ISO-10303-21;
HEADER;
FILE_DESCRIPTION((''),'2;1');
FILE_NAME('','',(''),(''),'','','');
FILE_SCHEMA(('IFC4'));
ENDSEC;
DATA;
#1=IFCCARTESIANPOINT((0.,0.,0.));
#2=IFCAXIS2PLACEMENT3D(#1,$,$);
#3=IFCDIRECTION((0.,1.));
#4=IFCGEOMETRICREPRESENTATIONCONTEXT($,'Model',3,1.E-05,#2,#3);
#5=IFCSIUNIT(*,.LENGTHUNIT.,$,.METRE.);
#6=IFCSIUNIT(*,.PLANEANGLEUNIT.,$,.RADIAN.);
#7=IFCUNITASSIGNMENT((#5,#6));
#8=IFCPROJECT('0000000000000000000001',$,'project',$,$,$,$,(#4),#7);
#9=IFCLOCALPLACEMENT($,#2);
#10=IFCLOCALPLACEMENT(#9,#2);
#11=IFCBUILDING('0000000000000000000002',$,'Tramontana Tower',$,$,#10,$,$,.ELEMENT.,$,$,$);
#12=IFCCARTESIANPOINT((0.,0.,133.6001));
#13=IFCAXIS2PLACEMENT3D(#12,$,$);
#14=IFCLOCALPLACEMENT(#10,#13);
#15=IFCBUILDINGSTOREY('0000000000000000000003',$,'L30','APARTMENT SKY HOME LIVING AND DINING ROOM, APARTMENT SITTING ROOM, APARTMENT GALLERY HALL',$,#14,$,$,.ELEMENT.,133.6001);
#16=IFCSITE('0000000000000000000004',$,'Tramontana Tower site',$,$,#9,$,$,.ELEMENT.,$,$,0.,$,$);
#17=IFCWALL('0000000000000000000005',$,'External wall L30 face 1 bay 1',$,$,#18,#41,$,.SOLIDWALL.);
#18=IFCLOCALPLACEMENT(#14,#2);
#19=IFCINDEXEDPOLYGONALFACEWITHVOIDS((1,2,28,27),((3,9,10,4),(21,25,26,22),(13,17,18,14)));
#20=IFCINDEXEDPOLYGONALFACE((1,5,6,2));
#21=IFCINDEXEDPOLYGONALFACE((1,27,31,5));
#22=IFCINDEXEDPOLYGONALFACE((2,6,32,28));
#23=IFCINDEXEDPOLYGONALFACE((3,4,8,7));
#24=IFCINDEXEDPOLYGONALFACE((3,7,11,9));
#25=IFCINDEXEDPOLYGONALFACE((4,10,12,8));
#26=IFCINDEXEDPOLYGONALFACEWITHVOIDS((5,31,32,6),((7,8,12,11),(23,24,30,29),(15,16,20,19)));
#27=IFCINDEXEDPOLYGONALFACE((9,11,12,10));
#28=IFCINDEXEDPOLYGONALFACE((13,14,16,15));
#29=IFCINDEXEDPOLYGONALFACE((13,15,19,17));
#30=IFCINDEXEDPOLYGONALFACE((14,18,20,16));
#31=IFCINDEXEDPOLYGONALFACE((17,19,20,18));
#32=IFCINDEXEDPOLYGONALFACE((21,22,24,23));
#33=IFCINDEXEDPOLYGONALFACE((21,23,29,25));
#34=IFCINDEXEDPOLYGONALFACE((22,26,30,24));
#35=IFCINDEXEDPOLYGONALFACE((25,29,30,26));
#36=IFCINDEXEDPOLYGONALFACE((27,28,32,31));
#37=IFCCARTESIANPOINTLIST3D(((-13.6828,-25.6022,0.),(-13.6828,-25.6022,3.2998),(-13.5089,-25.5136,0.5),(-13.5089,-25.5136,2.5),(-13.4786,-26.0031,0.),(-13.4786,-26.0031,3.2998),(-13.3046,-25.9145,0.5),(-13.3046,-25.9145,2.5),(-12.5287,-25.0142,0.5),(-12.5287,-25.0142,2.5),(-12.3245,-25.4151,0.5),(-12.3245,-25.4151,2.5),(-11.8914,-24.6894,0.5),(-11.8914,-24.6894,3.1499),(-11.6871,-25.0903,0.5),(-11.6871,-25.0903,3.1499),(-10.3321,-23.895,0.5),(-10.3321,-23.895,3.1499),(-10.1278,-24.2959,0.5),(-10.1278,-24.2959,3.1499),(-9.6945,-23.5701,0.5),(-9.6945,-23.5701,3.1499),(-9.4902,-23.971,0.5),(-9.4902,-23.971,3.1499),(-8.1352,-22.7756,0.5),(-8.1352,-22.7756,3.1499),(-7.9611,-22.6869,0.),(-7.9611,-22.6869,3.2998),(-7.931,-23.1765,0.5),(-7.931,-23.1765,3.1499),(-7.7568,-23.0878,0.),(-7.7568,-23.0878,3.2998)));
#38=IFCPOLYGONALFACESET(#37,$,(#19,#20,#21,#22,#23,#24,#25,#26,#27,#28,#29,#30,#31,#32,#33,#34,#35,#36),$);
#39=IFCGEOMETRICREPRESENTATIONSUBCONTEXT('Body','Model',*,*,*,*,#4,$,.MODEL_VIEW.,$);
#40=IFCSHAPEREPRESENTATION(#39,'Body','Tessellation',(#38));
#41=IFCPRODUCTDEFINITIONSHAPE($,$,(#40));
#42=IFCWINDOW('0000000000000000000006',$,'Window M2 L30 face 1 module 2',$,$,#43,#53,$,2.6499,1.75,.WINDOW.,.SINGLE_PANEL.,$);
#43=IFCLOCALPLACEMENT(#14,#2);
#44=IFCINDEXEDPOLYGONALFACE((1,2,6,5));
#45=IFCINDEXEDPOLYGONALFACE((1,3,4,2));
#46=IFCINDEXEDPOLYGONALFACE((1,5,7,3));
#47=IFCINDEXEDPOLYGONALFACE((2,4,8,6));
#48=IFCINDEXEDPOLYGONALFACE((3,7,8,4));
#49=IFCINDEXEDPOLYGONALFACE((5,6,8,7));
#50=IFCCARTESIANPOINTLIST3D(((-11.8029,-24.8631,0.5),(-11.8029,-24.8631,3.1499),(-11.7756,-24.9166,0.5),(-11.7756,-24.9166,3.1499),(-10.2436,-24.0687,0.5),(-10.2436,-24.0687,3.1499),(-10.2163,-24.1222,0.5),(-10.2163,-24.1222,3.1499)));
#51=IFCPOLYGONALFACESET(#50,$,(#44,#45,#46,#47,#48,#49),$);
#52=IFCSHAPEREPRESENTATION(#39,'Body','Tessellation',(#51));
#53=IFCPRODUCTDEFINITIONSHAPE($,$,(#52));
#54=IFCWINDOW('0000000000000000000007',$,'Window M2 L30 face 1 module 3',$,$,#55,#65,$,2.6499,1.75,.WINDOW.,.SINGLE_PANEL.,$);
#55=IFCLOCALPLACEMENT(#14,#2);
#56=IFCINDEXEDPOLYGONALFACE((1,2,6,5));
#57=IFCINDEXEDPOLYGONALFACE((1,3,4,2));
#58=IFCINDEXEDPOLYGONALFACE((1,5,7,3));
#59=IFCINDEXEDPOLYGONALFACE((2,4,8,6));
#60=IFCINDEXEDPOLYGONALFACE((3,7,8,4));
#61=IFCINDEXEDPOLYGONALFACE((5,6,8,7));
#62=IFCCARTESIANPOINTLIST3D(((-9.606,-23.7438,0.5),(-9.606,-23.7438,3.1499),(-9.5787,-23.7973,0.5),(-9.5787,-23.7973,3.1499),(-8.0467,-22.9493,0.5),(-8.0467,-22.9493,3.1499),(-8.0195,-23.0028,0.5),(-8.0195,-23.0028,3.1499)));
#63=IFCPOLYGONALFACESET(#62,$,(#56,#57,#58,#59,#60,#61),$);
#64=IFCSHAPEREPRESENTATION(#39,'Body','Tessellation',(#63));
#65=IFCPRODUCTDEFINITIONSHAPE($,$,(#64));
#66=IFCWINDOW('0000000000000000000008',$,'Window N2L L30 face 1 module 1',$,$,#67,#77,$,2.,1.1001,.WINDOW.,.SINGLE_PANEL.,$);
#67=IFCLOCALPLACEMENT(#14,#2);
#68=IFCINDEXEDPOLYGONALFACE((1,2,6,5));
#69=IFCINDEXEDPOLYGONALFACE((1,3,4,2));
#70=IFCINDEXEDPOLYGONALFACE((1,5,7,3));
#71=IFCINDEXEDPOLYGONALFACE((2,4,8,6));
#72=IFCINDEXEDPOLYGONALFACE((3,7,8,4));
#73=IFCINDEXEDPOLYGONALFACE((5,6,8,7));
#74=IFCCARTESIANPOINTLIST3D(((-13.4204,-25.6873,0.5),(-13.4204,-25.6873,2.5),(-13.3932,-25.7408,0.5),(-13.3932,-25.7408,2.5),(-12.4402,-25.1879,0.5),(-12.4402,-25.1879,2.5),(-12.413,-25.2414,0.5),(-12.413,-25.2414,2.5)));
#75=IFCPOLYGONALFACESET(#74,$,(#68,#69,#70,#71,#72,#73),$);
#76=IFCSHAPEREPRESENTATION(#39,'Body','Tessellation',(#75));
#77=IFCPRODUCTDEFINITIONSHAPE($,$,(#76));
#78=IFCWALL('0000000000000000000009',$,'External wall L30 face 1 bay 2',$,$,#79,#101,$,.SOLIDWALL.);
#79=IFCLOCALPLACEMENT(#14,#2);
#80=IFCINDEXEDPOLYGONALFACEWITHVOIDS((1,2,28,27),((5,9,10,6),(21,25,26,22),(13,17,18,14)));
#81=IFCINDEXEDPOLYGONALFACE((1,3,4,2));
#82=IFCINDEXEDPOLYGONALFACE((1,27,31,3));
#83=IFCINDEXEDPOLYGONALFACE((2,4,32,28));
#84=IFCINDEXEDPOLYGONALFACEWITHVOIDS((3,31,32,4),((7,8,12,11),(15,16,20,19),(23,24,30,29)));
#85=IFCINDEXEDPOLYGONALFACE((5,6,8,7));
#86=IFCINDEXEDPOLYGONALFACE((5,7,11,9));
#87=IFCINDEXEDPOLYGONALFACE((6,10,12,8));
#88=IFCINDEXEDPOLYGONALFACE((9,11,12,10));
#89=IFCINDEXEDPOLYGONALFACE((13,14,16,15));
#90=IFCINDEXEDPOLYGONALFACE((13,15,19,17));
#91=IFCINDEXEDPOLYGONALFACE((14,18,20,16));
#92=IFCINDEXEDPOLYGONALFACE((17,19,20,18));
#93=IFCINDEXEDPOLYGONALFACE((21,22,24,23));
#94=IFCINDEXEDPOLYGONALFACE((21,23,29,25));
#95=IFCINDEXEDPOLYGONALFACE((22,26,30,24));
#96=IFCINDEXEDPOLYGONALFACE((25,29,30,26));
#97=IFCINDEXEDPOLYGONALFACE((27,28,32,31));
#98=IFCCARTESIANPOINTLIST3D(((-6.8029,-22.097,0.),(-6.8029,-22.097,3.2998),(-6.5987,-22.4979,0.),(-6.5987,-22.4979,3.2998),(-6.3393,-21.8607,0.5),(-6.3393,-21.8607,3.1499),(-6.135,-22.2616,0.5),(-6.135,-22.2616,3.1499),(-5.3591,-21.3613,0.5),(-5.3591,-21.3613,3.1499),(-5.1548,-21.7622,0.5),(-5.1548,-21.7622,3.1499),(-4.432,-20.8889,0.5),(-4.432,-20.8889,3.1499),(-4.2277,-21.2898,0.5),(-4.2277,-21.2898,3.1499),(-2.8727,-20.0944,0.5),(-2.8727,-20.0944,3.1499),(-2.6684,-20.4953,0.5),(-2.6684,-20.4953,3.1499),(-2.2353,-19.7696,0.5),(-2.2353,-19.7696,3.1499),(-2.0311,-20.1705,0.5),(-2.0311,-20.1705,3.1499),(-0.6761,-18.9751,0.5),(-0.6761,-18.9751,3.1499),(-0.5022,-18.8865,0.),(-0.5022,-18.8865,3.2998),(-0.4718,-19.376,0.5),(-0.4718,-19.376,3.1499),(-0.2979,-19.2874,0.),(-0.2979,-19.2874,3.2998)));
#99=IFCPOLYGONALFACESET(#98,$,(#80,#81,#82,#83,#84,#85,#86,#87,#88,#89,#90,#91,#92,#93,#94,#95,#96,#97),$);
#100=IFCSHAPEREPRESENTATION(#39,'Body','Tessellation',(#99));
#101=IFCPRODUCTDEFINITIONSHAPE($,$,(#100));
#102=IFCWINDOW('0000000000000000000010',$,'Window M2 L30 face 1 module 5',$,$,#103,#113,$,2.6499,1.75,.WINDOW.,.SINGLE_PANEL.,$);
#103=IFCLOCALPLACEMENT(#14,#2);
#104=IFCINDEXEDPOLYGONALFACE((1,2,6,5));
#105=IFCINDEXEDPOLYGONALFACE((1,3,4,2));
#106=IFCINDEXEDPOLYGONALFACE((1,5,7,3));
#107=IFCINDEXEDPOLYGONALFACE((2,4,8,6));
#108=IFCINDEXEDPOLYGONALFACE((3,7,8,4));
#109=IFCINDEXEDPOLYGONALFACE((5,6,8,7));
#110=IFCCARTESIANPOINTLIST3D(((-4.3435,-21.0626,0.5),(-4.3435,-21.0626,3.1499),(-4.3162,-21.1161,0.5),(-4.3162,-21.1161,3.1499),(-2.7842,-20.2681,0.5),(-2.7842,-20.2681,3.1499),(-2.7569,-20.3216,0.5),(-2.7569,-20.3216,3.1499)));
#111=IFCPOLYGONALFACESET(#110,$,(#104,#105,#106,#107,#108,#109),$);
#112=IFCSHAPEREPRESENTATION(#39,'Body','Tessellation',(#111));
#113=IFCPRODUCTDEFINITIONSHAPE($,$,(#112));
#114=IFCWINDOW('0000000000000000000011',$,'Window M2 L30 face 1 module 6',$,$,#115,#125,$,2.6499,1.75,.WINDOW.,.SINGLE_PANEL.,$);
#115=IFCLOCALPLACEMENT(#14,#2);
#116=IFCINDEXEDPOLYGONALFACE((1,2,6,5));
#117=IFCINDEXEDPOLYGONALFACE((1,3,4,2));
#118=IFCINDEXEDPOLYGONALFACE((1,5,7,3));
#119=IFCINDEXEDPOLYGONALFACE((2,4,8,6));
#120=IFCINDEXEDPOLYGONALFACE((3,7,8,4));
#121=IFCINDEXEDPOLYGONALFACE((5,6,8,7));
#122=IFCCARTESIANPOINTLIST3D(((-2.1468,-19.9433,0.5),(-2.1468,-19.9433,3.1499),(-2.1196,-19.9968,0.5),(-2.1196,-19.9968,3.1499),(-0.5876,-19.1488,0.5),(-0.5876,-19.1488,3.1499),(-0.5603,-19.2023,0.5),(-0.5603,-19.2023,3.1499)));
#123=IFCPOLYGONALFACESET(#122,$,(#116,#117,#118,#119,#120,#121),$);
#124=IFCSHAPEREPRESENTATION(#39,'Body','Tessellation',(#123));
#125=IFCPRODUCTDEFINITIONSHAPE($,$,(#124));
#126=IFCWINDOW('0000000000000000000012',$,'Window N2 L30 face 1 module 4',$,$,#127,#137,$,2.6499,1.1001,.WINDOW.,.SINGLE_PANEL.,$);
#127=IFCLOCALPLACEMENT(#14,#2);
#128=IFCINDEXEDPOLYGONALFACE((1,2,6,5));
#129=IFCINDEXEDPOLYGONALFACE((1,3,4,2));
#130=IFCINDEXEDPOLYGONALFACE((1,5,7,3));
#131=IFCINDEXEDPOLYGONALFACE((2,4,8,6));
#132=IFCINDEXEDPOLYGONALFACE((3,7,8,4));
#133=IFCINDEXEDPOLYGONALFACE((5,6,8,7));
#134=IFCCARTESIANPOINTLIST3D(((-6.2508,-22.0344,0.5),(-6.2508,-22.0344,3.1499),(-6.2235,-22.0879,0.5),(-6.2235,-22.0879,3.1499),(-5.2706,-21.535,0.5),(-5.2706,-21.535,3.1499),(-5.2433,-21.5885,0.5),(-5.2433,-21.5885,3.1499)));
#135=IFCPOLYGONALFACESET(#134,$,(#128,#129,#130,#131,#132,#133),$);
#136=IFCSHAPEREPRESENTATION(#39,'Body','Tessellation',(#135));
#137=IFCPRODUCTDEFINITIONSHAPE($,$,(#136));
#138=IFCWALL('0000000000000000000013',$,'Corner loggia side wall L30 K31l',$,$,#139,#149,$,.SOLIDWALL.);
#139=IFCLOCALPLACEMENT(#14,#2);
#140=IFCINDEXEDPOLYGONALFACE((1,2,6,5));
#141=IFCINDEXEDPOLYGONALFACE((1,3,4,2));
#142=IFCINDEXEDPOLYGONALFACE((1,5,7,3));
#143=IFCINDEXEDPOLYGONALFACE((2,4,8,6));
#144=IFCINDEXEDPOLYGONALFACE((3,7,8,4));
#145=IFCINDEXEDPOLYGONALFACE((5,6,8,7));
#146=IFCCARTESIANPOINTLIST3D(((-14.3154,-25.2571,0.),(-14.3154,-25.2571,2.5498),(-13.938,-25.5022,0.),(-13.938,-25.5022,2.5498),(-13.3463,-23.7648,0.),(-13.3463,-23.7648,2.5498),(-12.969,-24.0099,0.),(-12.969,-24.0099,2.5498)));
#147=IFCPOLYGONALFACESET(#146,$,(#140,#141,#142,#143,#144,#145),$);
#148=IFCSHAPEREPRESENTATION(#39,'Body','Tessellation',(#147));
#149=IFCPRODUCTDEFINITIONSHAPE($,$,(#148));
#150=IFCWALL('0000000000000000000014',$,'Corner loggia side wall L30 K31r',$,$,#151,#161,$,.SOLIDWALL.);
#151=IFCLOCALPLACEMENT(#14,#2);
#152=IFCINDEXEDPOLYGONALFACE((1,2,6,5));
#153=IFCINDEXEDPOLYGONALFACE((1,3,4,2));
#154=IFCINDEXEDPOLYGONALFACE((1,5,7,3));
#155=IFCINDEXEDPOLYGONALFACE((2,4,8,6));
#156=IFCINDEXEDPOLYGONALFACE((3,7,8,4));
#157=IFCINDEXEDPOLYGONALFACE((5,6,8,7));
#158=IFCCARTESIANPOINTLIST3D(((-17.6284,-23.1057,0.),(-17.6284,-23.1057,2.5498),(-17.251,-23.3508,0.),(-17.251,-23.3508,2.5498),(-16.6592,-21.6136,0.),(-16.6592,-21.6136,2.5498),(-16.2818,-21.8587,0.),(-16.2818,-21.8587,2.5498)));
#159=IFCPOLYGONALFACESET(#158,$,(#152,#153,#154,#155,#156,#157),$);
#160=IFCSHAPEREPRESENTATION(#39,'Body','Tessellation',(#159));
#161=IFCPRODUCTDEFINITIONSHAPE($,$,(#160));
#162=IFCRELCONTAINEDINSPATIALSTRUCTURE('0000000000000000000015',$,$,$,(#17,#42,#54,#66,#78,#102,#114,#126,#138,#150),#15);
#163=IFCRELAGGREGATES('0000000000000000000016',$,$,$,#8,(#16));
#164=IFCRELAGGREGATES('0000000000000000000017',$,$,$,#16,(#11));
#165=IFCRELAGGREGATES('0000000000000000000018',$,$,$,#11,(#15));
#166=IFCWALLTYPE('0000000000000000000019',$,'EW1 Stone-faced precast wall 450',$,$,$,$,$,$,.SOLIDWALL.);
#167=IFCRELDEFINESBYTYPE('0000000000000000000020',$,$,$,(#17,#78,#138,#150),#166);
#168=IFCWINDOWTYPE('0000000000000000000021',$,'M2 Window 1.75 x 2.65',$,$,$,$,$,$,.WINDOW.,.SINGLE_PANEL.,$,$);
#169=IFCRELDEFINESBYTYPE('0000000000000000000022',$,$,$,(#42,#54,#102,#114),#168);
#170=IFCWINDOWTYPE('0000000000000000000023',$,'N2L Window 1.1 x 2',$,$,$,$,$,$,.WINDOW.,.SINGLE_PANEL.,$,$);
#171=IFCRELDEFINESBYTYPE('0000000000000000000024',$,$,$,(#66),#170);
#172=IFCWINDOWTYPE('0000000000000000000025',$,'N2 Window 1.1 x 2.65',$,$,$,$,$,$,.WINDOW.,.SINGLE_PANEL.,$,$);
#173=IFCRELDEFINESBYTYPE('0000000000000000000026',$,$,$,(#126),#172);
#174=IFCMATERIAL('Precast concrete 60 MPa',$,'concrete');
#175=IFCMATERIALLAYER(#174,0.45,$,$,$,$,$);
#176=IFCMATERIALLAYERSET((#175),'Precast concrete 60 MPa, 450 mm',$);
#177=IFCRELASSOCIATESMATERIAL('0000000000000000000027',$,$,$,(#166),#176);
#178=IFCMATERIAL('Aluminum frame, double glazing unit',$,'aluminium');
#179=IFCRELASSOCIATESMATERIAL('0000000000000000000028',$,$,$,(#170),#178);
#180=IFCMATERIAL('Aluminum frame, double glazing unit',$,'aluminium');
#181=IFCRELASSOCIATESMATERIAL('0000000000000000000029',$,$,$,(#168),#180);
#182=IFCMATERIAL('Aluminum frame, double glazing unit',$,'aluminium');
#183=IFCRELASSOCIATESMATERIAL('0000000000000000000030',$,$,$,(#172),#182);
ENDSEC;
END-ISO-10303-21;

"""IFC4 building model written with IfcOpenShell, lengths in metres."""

from ifc_helpers import new_model, si_unit, direction, frame, frame_2d, origin, place, context, subcontext, project, spatial, rectangle, extrude, material, layer, layer_set, type_object, element, fill, save


model = new_model("IFC4")

# Units and contexts
model_context = context("Model", 3, precision=1e-05, world=origin(), true_north=direction((0.0, 1.0)))
body_context = subcontext(model_context, "Body", "Model", "MODEL_VIEW")
ifc_project = project(units=[si_unit("LENGTHUNIT", "METRE"), si_unit("PLANEANGLEUNIT", "RADIAN")], contexts=[model_context])

# Site, building, storey
site_placement = place(None, origin())
site = spatial("IfcSite", under=ifc_project, at=site_placement, Name="Tramontana Tower site", CompositionType="ELEMENT", RefElevation=0.0)
building_placement = place(site_placement, origin())
building = spatial("IfcBuilding", under=site, at=building_placement, Name="Tramontana Tower", CompositionType="ELEMENT")
storey_placement = place(building_placement, frame((0.0, 0.0, 133.6001)))
storey = spatial("IfcBuildingStorey", under=building, at=storey_placement, Name="L30", Description="APARTMENT SKY HOME LIVING AND DINING ROOM, APARTMENT SITTING ROOM, APARTMENT GALLERY HALL", CompositionType="ELEMENT", Elevation=133.6001)

# Shared definitions
ifc_material_1 = material(Name="Precast concrete 60 MPa", Category="concrete")
ifc_layer_1 = layer(ifc_material_1, 0.45)
ifc_layer_set_1 = layer_set([ifc_layer_1], Name="Precast concrete 60 MPa, 450 mm")
wall_type_1 = type_object("IfcWallType", Name="EW1 Stone-faced precast wall 450", PredefinedType="SOLIDWALL", material=ifc_layer_set_1)
ifc_material_2 = material(Name="Aluminum frame, double glazing unit", Category="aluminium")
window_type_1 = type_object("IfcWindowType", Name="N2L Window 1.1 x 2", PartitioningType="SINGLE_PANEL", PredefinedType="WINDOW", material=ifc_material_2)

# Walls, openings, windows
wall_1_placement = place(storey_placement, frame((-13.5808, -25.8027, 0.0), z_axis=(0.0, 0.0, 1.0), x_axis=(0.89101, 0.453983, 0.0)))
wall_1 = element("IfcWall", 1, at=wall_1_placement, inside=storey, type_object=wall_type_1, Name="External wall L30 face 1 bay 1", PredefinedType="SOLIDWALL", context=body_context, shape_type="SweptSolid", body=[
    extrude(rectangle(XDim=6.4216, YDim=0.45, at=frame_2d((3.2109, 0.0))), origin(), (0.0, 0.0, 1.0), 3.2998),
])
opening_1_placement = place(wall_1_placement, frame((0.1953, 0.0, 0.5)))
opening_1 = element("IfcOpeningElement", 2, at=opening_1_placement, cuts=wall_1, PredefinedType="OPENING", context=body_context, shape_type="SweptSolid", body=[
    extrude(rectangle(XDim=1.1001, YDim=2.0, at=frame_2d((0.55, 1.0))), frame((0.0, 0.2349, 0.0), z_axis=(0.0, -1.0, 0.0), x_axis=(1.0, 0.0, 0.0)), (0.0, 0.0, 1.0), 0.47),
])
opening_2_placement = place(wall_1_placement, frame((2.0107, 0.0, 0.5)))
opening_2 = element("IfcOpeningElement", 3, at=opening_2_placement, cuts=wall_1, PredefinedType="OPENING", context=body_context, shape_type="SweptSolid", body=[
    extrude(rectangle(XDim=1.75, YDim=2.6499, at=frame_2d((0.875, 1.325))), frame((0.0, 0.2349, 0.0), z_axis=(0.0, -1.0, 0.0), x_axis=(1.0, 0.0, 0.0)), (0.0, 0.0, 1.0), 0.47),
])
opening_3_placement = place(wall_1_placement, frame((4.4763, 0.0, 0.5)))
opening_3 = element("IfcOpeningElement", 4, at=opening_3_placement, cuts=wall_1, PredefinedType="OPENING", context=body_context, shape_type="SweptSolid", body=[
    extrude(rectangle(XDim=1.75, YDim=2.6499, at=frame_2d((0.875, 1.325))), frame((0.0, 0.2349, 0.0), z_axis=(0.0, -1.0, 0.0), x_axis=(1.0, 0.0, 0.0)), (0.0, 0.0, 1.0), 0.47),
])
ifc_material_3 = material(Name="Aluminum frame, double glazing unit", Category="aluminium")
window_type_2 = type_object("IfcWindowType", Name="M2 Window 1.75 x 2.65", PartitioningType="SINGLE_PANEL", PredefinedType="WINDOW", material=ifc_material_3)
window_1_placement = place(opening_2_placement, origin())
window_1 = element("IfcWindow", 5, at=window_1_placement, inside=storey, type_object=window_type_2, Name="Window M2 L30 face 1 module 2", OverallHeight=2.6499, OverallWidth=1.75, PartitioningType="SINGLE_PANEL", PredefinedType="WINDOW", context=body_context, shape_type="SweptSolid", body=[
    extrude(rectangle(XDim=1.75, YDim=2.6499, at=frame_2d((0.875, 1.325))), frame((0.0, 0.03, 0.0), z_axis=(0.0, -1.0, 0.0), x_axis=(1.0, 0.0, 0.0)), (0.0, 0.0, 1.0), 0.0601),
])
fill(opening_2, window_1)
window_2_placement = place(opening_3_placement, origin())
window_2 = element("IfcWindow", 6, at=window_2_placement, inside=storey, type_object=window_type_2, Name="Window M2 L30 face 1 module 3", OverallHeight=2.6499, OverallWidth=1.75, PartitioningType="SINGLE_PANEL", PredefinedType="WINDOW", context=body_context, shape_type="SweptSolid", body=[
    extrude(rectangle(XDim=1.75, YDim=2.6499, at=frame_2d((0.875, 1.325))), frame((0.0, 0.03, 0.0), z_axis=(0.0, -1.0, 0.0), x_axis=(1.0, 0.0, 0.0)), (0.0, 0.0, 1.0), 0.0601),
])
fill(opening_3, window_2)
window_3_placement = place(opening_1_placement, origin())
window_3 = element("IfcWindow", 7, at=window_3_placement, inside=storey, type_object=window_type_1, Name="Window N2L L30 face 1 module 1", OverallHeight=2.0, OverallWidth=1.1001, PartitioningType="SINGLE_PANEL", PredefinedType="WINDOW", context=body_context, shape_type="SweptSolid", body=[
    extrude(rectangle(XDim=1.1001, YDim=2.0, at=frame_2d((0.55, 1.0))), frame((0.0, 0.03, 0.0), z_axis=(0.0, -1.0, 0.0), x_axis=(1.0, 0.0, 0.0)), (0.0, 0.0, 1.0), 0.0601),
])
fill(opening_1, window_3)
wall_2_placement = place(storey_placement, frame((-6.7007, -22.2974, 0.0), z_axis=(0.0, 0.0, 1.0), x_axis=(0.891004, 0.453995, 0.0)))
wall_2 = element("IfcWall", 8, at=wall_2_placement, inside=storey, type_object=wall_type_1, Name="External wall L30 face 1 bay 2", PredefinedType="SOLIDWALL", context=body_context, shape_type="SweptSolid", body=[
    extrude(rectangle(XDim=7.0715, YDim=0.45, at=frame_2d((3.5356, 0.0))), origin(), (0.0, 0.0, 1.0), 3.2998),
])
opening_4_placement = place(wall_2_placement, frame((0.5203, 0.0, 0.5)))
opening_4 = element("IfcOpeningElement", 9, at=opening_4_placement, cuts=wall_2, PredefinedType="OPENING", context=body_context, shape_type="SweptSolid", body=[
    extrude(rectangle(XDim=1.1001, YDim=2.6499, at=frame_2d((0.55, 1.325))), frame((0.0, 0.2349, 0.0), z_axis=(0.0, -1.0, 0.0), x_axis=(1.0, 0.0, 0.0)), (0.0, 0.0, 1.0), 0.47),
])
opening_5_placement = place(wall_2_placement, frame((2.6609, 0.0, 0.5)))
opening_5 = element("IfcOpeningElement", 10, at=opening_5_placement, cuts=wall_2, PredefinedType="OPENING", context=body_context, shape_type="SweptSolid", body=[
    extrude(rectangle(XDim=1.75, YDim=2.6499, at=frame_2d((0.875, 1.325))), frame((0.0, 0.2349, 0.0), z_axis=(0.0, -1.0, 0.0), x_axis=(1.0, 0.0, 0.0)), (0.0, 0.0, 1.0), 0.47),
])
opening_6_placement = place(wall_2_placement, frame((5.1262, 0.0, 0.5)))
opening_6 = element("IfcOpeningElement", 11, at=opening_6_placement, cuts=wall_2, PredefinedType="OPENING", context=body_context, shape_type="SweptSolid", body=[
    extrude(rectangle(XDim=1.75, YDim=2.6499, at=frame_2d((0.875, 1.325))), frame((0.0, 0.2349, 0.0), z_axis=(0.0, -1.0, 0.0), x_axis=(1.0, 0.0, 0.0)), (0.0, 0.0, 1.0), 0.47),
])
window_4_placement = place(opening_5_placement, origin())
window_4 = element("IfcWindow", 12, at=window_4_placement, inside=storey, type_object=window_type_2, Name="Window M2 L30 face 1 module 5", OverallHeight=2.6499, OverallWidth=1.75, PartitioningType="SINGLE_PANEL", PredefinedType="WINDOW", context=body_context, shape_type="SweptSolid", body=[
    extrude(rectangle(XDim=1.75, YDim=2.6499, at=frame_2d((0.875, 1.325))), frame((0.0, 0.03, 0.0), z_axis=(0.0, -1.0, 0.0), x_axis=(1.0, 0.0, 0.0)), (0.0, 0.0, 1.0), 0.0601),
])
fill(opening_5, window_4)
window_5_placement = place(opening_6_placement, origin())
window_5 = element("IfcWindow", 13, at=window_5_placement, inside=storey, type_object=window_type_2, Name="Window M2 L30 face 1 module 6", OverallHeight=2.6499, OverallWidth=1.75, PartitioningType="SINGLE_PANEL", PredefinedType="WINDOW", context=body_context, shape_type="SweptSolid", body=[
    extrude(rectangle(XDim=1.75, YDim=2.6499, at=frame_2d((0.875, 1.325))), frame((0.0, 0.03, 0.0), z_axis=(0.0, -1.0, 0.0), x_axis=(1.0, 0.0, 0.0)), (0.0, 0.0, 1.0), 0.0601),
])
fill(opening_6, window_5)
ifc_material_4 = material(Name="Aluminum frame, double glazing unit", Category="aluminium")
window_type_3 = type_object("IfcWindowType", Name="N2 Window 1.1 x 2.65", PartitioningType="SINGLE_PANEL", PredefinedType="WINDOW", material=ifc_material_4)
window_6_placement = place(opening_4_placement, origin())
window_6 = element("IfcWindow", 14, at=window_6_placement, inside=storey, type_object=window_type_3, Name="Window N2 L30 face 1 module 4", OverallHeight=2.6499, OverallWidth=1.1001, PartitioningType="SINGLE_PANEL", PredefinedType="WINDOW", context=body_context, shape_type="SweptSolid", body=[
    extrude(rectangle(XDim=1.1001, YDim=2.6499, at=frame_2d((0.55, 1.325))), frame((0.0, 0.03, 0.0), z_axis=(0.0, -1.0, 0.0), x_axis=(1.0, 0.0, 0.0)), (0.0, 0.0, 1.0), 0.0601),
])
fill(opening_4, window_6)

# Walls
for number, where, z_axis, x_axis, name in (
    (15, (-14.1267, -25.3796, 0.0), (0.0, 0.0, 1.0), (0.544622, 0.838682, 0.0), "Corner loggia side wall L30 K31l"),
    (16, (-17.4397, -23.2283, 0.0), (0.0, 0.0, 1.0), (0.544718, 0.838619, 0.0), "Corner loggia side wall L30 K31r"),
):
    element("IfcWall", number, at=place(storey_placement, frame(where, z_axis=z_axis, x_axis=x_axis)), inside=storey, type_object=wall_type_1, Name=name, PredefinedType="SOLIDWALL", context=body_context, shape_type="SweptSolid", body=[
        extrude(rectangle(XDim=1.7793, YDim=0.45, at=frame_2d((0.8896, 0.0))), origin(), (0.0, 0.0, 1.0), 2.5498),
    ])

save(model, "model.ifc")
